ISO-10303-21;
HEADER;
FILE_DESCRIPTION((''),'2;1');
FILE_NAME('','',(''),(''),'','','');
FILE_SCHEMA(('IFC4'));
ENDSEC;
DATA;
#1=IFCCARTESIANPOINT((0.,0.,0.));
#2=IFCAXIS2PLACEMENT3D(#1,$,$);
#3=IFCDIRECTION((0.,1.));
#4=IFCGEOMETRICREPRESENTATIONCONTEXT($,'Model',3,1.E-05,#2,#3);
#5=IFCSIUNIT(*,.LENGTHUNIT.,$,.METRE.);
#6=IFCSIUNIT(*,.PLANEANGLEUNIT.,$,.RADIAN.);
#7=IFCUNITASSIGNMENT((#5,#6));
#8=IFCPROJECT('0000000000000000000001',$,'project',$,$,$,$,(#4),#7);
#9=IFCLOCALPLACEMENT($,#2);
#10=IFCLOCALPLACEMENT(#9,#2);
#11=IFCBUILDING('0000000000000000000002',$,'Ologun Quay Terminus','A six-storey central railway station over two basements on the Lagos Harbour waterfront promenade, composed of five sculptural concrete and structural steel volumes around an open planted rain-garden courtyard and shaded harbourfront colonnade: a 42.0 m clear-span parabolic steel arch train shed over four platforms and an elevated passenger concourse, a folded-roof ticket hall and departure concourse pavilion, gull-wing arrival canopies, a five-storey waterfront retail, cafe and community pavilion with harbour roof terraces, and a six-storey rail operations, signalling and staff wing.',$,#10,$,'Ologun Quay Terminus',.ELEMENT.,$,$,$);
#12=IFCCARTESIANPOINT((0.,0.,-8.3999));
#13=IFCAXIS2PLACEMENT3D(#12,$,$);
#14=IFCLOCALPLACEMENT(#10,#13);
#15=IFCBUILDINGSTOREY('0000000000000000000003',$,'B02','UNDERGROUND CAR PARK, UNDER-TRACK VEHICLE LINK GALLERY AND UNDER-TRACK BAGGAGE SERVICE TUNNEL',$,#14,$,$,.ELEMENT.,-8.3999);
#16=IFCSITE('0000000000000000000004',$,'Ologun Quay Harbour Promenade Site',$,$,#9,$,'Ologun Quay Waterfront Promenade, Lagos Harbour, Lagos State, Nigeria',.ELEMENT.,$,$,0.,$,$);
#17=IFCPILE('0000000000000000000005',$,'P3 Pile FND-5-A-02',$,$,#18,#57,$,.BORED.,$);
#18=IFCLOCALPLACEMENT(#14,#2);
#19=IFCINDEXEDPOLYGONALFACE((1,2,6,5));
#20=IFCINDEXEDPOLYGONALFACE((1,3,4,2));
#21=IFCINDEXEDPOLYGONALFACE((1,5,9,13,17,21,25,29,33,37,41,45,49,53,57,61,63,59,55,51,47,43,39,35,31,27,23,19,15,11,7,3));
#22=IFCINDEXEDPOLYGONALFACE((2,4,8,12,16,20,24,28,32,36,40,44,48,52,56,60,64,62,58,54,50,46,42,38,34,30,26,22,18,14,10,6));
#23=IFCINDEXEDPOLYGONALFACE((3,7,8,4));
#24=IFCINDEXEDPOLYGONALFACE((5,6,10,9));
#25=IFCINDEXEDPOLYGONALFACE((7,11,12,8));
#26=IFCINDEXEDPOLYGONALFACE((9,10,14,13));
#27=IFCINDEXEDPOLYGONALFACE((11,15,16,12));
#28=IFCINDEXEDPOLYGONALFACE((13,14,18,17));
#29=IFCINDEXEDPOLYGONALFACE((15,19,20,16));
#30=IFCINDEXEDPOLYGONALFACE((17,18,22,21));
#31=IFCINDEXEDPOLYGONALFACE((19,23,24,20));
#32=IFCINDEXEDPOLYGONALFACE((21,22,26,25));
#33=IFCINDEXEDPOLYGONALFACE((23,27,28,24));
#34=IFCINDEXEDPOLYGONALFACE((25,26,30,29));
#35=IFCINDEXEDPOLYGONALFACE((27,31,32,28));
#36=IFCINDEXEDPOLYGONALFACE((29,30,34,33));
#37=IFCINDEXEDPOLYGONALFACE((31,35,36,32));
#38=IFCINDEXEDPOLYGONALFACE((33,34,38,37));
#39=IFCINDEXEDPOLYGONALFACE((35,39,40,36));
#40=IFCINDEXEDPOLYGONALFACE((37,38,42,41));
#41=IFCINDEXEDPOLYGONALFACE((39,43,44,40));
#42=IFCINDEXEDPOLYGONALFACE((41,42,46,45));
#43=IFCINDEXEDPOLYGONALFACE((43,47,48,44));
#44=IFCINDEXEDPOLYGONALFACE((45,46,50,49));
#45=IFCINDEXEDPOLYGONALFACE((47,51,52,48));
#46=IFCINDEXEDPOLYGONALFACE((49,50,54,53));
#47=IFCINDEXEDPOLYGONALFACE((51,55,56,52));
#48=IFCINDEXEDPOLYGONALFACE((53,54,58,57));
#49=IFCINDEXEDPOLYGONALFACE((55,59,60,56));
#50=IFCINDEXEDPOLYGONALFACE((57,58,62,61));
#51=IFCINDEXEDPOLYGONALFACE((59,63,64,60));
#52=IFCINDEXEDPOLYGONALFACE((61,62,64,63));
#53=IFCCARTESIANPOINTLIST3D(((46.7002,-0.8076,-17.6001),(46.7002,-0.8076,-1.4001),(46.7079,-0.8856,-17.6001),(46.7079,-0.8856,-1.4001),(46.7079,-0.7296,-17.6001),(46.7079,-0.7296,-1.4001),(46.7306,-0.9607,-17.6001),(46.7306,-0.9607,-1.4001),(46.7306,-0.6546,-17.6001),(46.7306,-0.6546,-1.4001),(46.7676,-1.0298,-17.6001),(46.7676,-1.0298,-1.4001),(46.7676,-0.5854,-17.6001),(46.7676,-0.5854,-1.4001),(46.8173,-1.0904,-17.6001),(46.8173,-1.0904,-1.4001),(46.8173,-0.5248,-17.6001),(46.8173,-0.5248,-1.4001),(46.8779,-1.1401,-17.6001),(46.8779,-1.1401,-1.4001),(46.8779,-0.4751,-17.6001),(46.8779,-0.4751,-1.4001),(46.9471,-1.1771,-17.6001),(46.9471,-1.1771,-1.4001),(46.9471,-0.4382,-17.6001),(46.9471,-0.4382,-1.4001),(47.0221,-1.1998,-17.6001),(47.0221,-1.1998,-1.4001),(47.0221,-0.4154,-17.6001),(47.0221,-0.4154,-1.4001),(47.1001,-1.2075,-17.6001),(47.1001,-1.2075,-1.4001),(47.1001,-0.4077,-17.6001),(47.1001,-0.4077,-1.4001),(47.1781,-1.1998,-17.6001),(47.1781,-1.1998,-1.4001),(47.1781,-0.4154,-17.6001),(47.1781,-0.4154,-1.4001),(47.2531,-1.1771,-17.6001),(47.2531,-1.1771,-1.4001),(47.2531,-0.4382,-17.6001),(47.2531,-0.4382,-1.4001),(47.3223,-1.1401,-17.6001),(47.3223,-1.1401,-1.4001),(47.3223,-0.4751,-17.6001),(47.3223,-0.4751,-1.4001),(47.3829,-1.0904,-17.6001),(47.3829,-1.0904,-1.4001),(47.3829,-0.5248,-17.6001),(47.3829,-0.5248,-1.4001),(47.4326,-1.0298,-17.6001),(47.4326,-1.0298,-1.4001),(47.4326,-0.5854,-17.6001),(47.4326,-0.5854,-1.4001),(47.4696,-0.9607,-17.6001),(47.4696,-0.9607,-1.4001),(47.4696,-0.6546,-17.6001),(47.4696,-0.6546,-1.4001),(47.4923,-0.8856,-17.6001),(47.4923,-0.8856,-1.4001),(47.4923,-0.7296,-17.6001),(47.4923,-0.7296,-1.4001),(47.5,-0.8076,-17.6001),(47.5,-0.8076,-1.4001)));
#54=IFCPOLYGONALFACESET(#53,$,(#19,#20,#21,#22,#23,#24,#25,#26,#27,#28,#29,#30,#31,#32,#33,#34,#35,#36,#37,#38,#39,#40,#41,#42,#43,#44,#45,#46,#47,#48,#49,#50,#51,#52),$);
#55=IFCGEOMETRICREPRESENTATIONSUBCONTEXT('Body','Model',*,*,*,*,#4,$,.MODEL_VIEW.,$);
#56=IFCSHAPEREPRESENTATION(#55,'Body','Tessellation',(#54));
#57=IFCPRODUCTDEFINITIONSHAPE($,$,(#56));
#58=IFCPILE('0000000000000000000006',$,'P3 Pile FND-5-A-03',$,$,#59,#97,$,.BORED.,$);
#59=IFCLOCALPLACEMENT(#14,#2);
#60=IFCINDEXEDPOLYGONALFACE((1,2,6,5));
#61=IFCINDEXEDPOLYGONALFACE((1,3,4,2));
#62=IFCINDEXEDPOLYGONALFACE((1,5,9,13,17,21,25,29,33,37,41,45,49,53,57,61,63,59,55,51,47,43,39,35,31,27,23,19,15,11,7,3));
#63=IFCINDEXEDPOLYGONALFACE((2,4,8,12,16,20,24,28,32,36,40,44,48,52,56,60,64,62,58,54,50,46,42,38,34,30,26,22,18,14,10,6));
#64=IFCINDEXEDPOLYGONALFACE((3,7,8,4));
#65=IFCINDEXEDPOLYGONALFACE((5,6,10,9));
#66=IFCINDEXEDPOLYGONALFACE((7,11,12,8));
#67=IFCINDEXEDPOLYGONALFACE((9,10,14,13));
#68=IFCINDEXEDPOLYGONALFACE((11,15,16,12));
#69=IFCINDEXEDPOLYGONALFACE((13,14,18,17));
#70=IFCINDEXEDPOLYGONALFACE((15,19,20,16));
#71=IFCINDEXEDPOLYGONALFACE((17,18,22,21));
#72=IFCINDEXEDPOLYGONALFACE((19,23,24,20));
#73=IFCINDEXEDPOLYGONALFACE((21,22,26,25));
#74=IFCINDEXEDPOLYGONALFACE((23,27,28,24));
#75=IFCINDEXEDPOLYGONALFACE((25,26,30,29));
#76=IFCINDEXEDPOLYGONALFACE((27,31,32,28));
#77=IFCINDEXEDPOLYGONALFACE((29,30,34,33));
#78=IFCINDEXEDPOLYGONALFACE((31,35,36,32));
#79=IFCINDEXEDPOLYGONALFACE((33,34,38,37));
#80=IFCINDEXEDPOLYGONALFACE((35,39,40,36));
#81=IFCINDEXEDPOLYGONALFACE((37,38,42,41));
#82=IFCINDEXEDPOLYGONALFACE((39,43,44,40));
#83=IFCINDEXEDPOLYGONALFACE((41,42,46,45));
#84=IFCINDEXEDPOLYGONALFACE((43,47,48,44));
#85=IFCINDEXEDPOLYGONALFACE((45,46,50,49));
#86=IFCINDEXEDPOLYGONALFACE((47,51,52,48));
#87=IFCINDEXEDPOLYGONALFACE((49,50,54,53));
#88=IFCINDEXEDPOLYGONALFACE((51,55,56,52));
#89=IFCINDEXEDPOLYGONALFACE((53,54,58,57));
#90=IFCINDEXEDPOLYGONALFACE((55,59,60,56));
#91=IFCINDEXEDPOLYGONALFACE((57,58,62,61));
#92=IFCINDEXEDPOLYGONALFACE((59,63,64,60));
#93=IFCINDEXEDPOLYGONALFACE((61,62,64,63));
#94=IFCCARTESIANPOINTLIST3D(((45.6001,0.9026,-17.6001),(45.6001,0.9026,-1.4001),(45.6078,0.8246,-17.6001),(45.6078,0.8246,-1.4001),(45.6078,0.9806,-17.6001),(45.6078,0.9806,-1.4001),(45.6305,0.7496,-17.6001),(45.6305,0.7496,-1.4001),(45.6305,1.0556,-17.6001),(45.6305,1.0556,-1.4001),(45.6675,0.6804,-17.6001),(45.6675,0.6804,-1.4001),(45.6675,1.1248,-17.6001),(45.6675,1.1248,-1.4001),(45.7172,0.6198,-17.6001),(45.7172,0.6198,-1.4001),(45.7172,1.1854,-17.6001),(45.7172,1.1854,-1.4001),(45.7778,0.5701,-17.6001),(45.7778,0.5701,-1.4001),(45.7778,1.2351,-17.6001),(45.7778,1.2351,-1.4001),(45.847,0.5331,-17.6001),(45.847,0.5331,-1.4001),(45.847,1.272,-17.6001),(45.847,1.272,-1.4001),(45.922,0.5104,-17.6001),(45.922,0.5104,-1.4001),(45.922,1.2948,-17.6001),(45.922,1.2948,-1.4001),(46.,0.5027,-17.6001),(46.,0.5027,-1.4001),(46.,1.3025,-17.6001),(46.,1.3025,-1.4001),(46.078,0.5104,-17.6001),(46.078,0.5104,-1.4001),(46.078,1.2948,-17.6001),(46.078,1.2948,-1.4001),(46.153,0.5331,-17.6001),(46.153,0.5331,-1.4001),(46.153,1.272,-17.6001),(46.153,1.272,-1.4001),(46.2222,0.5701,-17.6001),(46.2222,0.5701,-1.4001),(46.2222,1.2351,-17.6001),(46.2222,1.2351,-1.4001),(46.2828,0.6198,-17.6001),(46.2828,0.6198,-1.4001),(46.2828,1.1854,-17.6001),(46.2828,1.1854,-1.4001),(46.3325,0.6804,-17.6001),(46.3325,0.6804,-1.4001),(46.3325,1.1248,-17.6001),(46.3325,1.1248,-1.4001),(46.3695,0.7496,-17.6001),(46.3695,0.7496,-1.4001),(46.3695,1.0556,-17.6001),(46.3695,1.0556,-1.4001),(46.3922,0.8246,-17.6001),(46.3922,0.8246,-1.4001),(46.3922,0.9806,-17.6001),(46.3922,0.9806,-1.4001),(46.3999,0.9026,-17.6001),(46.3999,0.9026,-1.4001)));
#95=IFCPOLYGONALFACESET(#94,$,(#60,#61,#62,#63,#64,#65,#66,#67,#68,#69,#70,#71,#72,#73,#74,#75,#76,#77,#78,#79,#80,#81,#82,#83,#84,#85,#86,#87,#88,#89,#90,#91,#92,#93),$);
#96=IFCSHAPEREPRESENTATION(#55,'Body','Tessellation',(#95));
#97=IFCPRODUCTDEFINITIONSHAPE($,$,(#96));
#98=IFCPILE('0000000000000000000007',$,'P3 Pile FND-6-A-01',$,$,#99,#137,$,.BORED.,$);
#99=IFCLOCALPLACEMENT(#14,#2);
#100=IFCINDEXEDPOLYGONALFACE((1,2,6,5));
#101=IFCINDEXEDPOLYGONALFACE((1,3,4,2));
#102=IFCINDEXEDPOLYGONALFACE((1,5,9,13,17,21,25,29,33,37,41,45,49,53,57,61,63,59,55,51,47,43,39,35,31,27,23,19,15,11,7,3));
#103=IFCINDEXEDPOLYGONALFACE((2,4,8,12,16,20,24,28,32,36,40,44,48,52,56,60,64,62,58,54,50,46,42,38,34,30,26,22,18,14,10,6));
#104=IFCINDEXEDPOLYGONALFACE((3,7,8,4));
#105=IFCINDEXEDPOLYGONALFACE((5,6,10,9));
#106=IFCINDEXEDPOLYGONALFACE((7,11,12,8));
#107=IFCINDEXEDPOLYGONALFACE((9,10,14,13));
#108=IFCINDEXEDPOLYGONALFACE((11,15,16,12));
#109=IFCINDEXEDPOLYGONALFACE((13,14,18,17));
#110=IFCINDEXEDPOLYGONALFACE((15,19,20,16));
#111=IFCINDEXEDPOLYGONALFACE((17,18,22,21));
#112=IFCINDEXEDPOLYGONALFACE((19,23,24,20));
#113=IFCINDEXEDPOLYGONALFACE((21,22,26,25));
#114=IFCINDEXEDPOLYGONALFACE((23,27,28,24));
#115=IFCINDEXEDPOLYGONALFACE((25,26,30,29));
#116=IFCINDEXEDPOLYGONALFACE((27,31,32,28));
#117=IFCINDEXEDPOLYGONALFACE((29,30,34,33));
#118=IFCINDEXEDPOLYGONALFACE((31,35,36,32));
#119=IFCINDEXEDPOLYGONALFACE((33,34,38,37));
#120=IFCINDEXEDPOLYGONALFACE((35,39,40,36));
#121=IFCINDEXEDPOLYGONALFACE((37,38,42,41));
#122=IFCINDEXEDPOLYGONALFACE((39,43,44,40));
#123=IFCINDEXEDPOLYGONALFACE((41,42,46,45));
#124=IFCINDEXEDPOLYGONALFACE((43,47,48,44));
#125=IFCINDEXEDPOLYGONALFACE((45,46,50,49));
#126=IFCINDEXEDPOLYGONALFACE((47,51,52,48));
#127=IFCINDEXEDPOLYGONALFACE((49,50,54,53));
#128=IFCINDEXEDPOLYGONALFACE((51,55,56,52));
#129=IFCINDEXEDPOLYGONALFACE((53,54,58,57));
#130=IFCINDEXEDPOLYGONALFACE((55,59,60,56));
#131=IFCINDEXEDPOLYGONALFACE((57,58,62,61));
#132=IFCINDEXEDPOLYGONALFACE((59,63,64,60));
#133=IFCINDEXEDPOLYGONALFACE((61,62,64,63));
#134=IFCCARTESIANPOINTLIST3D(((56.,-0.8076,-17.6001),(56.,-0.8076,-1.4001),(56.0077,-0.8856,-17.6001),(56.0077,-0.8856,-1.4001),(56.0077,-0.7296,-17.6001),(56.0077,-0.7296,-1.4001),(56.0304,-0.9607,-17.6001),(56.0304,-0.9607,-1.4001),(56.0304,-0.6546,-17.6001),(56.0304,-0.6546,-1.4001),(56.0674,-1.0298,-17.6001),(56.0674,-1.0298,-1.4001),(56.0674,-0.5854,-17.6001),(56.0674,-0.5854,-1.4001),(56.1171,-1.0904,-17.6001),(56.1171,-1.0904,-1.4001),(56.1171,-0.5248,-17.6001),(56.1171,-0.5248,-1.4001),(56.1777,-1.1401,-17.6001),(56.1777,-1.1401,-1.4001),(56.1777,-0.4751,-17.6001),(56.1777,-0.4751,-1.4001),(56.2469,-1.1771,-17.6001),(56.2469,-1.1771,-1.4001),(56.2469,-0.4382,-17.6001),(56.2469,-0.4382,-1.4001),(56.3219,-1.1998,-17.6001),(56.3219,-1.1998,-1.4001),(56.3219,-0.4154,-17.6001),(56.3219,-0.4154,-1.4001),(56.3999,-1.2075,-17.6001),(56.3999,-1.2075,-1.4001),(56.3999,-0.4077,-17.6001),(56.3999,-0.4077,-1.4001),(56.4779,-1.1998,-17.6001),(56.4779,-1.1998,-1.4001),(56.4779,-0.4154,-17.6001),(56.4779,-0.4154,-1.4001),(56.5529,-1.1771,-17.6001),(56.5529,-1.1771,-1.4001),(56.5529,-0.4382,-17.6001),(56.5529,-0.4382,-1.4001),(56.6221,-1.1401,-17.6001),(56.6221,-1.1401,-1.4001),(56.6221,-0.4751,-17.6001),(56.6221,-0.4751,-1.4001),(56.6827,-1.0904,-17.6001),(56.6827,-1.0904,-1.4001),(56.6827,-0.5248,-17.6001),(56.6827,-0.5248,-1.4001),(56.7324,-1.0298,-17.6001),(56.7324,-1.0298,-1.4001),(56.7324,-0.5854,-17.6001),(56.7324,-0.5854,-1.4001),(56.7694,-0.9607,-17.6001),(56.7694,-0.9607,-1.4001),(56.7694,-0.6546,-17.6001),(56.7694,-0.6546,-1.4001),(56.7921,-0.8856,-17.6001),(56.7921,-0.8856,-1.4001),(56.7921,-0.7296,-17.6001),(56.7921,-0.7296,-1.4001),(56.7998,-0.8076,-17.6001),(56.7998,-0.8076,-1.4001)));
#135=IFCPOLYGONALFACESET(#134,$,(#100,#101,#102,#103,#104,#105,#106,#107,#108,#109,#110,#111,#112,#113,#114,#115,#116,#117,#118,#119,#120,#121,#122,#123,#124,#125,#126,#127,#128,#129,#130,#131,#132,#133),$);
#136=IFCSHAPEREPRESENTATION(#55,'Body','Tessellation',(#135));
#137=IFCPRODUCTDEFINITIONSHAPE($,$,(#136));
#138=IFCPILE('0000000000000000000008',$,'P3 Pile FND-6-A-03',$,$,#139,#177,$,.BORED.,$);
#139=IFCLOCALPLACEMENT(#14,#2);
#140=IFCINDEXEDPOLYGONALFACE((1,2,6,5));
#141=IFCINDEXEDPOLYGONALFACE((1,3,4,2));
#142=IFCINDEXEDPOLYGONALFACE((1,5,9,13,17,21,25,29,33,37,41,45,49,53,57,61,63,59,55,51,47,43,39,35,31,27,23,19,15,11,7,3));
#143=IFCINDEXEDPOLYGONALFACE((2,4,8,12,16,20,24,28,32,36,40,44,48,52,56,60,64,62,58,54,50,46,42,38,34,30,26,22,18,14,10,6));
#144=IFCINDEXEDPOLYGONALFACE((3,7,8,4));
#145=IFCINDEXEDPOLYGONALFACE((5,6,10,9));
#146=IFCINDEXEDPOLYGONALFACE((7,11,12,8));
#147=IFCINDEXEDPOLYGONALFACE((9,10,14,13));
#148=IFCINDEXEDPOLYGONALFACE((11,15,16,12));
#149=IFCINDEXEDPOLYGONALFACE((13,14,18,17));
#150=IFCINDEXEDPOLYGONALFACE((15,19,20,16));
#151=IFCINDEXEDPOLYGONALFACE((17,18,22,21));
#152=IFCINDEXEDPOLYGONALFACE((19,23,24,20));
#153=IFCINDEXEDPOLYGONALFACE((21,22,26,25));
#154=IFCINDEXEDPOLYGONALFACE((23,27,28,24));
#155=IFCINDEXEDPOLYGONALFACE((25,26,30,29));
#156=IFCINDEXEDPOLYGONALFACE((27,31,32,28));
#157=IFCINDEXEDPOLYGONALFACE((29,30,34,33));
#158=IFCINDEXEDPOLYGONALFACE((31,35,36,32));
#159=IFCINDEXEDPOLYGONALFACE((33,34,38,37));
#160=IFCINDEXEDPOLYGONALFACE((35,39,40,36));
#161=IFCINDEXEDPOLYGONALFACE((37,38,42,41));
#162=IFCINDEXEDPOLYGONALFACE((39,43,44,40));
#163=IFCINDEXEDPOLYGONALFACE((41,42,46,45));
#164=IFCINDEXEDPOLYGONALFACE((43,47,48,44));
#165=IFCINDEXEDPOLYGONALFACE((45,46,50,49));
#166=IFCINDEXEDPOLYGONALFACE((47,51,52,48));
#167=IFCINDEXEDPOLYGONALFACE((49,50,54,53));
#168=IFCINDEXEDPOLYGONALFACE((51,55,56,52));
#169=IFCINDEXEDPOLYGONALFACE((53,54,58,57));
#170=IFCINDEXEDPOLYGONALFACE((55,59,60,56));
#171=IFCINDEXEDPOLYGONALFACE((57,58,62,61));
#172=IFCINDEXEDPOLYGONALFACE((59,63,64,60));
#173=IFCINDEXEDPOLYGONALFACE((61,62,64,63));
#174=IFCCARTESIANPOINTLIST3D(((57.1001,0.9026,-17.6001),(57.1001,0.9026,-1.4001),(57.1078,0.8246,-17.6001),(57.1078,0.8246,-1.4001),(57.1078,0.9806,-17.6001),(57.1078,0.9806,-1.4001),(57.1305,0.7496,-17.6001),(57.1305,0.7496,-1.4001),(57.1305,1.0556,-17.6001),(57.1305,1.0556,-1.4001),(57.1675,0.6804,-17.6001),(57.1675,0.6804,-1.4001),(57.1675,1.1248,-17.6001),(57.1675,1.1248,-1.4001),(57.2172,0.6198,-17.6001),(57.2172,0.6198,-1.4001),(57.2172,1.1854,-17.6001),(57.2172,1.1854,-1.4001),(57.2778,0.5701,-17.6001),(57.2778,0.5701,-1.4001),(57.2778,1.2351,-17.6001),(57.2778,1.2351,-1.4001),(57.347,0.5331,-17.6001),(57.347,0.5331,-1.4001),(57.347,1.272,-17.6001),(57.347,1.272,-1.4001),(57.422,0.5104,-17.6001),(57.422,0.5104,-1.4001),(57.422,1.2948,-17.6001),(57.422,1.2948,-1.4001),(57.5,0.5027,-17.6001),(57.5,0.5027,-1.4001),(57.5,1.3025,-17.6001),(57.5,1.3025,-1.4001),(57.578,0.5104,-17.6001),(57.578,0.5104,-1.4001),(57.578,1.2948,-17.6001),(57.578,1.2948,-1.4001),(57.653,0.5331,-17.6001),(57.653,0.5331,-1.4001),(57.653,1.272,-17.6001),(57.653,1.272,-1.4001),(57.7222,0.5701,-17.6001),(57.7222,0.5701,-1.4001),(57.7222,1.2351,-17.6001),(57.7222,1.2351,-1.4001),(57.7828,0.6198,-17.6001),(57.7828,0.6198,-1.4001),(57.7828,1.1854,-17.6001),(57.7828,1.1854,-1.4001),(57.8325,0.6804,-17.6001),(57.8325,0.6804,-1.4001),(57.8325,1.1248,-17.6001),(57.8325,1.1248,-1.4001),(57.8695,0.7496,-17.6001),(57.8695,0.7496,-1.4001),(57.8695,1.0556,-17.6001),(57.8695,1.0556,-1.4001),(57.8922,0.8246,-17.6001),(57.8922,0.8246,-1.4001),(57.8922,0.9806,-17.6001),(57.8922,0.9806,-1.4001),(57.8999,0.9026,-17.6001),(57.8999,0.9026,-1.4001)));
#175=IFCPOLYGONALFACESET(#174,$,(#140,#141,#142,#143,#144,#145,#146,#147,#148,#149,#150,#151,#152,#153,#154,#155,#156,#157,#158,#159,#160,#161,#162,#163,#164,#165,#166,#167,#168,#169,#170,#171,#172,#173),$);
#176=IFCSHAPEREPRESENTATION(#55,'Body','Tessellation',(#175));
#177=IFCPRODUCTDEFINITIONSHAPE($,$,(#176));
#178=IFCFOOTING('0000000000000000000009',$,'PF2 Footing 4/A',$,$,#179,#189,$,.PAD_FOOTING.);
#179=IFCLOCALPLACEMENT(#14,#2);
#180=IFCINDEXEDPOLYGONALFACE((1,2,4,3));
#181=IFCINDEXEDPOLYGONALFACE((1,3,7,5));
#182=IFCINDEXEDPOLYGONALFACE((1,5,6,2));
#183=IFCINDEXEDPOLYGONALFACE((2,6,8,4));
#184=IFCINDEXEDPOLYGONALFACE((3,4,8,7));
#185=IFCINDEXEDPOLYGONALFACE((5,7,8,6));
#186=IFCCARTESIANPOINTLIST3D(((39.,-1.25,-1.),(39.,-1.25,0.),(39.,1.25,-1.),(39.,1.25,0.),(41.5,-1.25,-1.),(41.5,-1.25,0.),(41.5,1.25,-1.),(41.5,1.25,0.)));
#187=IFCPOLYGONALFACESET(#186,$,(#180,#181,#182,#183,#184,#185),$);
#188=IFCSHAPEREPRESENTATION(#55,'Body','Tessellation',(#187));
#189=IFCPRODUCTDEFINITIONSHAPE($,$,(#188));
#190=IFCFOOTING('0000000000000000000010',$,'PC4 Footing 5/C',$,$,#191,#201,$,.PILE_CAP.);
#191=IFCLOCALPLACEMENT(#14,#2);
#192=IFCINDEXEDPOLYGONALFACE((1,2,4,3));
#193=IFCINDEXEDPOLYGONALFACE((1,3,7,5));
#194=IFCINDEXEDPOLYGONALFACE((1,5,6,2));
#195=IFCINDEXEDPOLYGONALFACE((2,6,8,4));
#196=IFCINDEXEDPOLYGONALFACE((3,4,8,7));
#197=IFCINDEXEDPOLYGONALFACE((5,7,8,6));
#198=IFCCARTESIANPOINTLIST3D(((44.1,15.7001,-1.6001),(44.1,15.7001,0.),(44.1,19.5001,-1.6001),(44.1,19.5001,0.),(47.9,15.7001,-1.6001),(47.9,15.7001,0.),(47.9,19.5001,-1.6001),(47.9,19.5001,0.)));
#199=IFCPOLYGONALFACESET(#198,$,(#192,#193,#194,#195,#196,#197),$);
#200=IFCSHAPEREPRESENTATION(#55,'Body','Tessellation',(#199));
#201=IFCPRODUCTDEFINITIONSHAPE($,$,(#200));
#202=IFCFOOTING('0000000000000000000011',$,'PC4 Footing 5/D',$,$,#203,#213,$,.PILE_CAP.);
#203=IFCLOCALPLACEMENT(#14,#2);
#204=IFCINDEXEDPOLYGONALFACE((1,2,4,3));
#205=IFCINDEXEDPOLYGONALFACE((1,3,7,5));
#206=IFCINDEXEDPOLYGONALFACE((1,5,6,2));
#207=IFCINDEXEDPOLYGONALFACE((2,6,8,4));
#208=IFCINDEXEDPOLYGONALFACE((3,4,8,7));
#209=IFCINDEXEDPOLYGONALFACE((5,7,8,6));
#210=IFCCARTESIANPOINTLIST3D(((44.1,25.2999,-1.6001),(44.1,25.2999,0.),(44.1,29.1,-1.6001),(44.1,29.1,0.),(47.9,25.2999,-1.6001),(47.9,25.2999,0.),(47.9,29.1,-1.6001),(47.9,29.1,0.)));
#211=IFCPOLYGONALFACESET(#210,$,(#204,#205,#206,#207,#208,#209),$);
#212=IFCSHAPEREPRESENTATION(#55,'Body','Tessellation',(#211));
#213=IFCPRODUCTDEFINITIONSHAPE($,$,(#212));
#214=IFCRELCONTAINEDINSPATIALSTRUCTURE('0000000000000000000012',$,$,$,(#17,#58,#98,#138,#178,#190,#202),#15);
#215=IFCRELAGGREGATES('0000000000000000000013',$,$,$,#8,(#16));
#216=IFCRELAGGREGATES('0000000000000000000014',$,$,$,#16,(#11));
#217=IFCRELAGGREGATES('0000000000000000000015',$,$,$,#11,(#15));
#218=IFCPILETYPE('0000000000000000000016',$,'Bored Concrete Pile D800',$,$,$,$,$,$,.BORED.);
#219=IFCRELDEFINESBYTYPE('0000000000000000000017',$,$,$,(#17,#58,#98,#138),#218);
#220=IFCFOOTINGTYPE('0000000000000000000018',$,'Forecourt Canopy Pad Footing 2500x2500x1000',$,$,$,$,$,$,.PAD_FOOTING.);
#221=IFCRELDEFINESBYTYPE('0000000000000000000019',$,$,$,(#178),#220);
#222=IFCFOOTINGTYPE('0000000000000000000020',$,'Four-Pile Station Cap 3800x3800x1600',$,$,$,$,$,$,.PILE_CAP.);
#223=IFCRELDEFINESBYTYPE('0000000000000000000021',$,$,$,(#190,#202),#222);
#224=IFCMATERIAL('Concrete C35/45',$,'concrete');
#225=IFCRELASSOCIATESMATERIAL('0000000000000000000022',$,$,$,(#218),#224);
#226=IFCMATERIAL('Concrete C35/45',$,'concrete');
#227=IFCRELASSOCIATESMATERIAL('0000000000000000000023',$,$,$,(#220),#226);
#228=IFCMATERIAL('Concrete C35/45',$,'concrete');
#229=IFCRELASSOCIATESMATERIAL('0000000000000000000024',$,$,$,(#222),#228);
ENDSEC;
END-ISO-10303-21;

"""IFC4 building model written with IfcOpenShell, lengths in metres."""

from ifc_helpers import new_model, si_unit, direction, frame, origin, origin_2d, place, context, subcontext, project, spatial, rectangle, circle, extrude, material, material_profile, profile_set, type_object, element, save


model = new_model("IFC4")

# Units and contexts
model_context = context("Model", 3, precision=1e-05, world=origin(), true_north=direction((0.0, 1.0)))
body_context = subcontext(model_context, "Body", "Model", "MODEL_VIEW")
ifc_project = project(units=[si_unit("LENGTHUNIT", "METRE"), si_unit("PLANEANGLEUNIT", "RADIAN")], contexts=[model_context])

# Site, building, storey
site_placement = place(None, origin())
site = spatial("IfcSite", under=ifc_project, at=site_placement, Name="Ologun Quay Harbour Promenade Site", LongName="Ologun Quay Waterfront Promenade, Lagos Harbour, Lagos State, Nigeria", CompositionType="ELEMENT", RefElevation=0.0)
building_placement = place(site_placement, origin())
building = spatial("IfcBuilding", under=site, at=building_placement, Name="Ologun Quay Terminus", Description="A six-storey central railway station over two basements on the Lagos Harbour waterfront promenade, composed of five sculptural concrete and structural steel volumes around an open planted rain-garden courtyard and shaded harbourfront colonnade: a 42.0 m clear-span parabolic steel arch train shed over four platforms and an elevated passenger concourse, a folded-roof ticket hall and departure concourse pavilion, gull-wing arrival canopies, a five-storey waterfront retail, cafe and community pavilion with harbour roof terraces, and a six-storey rail operations, signalling and staff wing.", LongName="Ologun Quay Terminus", CompositionType="ELEMENT")
storey_placement = place(building_placement, frame((0.0, 0.0, -8.3999)))
storey = spatial("IfcBuildingStorey", under=building, at=storey_placement, Name="B02", Description="UNDERGROUND CAR PARK, UNDER-TRACK VEHICLE LINK GALLERY AND UNDER-TRACK BAGGAGE SERVICE TUNNEL", CompositionType="ELEMENT", Elevation=-8.3999)

# Piles
ifc_material_1 = material(Name="Concrete C35/45", Category="concrete")
ifc_material_profile_1 = material_profile(ifc_material_1, circle(Radius=0.3999, at=origin_2d()), Name="PILE D800")
ifc_profile_set_1 = profile_set([ifc_material_profile_1], Name="Concrete C35/45")
pile_type_1 = type_object("IfcPileType", Name="Bored Concrete Pile D800", PredefinedType="BORED", material=ifc_profile_set_1)
for number, where, z_axis, x_axis, name in (
    (1, (47.1001, -0.8076, -1.4001), (0.0, 0.0, -1.0), (1.0, 0.0, 0.0), "P3 Pile FND-5-A-02"),
    (2, (46.0, 0.9026, -1.4001), (0.0, 0.0, -1.0), (1.0, 0.0, 0.0), "P3 Pile FND-5-A-03"),
    (3, (56.3999, -0.8076, -1.4001), (0.0, 0.0, -1.0), (1.0, 0.0, 0.0), "P3 Pile FND-6-A-01"),
    (4, (57.5, 0.9026, -1.4001), (0.0, 0.0, -1.0), (1.0, 0.0, 0.0), "P3 Pile FND-6-A-03"),
):
    element("IfcPile", number, at=place(storey_placement, frame(where, z_axis=z_axis, x_axis=x_axis)), inside=storey, type_object=pile_type_1, Name=name, PredefinedType="BORED", context=body_context, shape_type="SweptSolid", body=[
        extrude(circle(Radius=0.3999, at=origin_2d()), origin(), (0.0, 0.0, 1.0), 16.2),
    ])

# Footings
ifc_material_2 = material(Name="Concrete C35/45", Category="concrete")
footing_type_1 = type_object("IfcFootingType", Name="Forecourt Canopy Pad Footing 2500x2500x1000", PredefinedType="PAD_FOOTING", material=ifc_material_2)
footing_1_placement = place(storey_placement, frame((40.25, 0.0, -1.0), z_axis=(0.0, 0.0, 1.0), x_axis=(1.0, 0.0, 0.0)))
element("IfcFooting", 5, at=footing_1_placement, inside=storey, type_object=footing_type_1, Name="PF2 Footing 4/A", PredefinedType="PAD_FOOTING", context=body_context, shape_type="SweptSolid", body=[
    extrude(rectangle(XDim=2.5, YDim=2.5, at=origin_2d()), origin(), (0.0, 0.0, 1.0), 1.0),
])
ifc_material_3 = material(Name="Concrete C35/45", Category="concrete")
footing_type_2 = type_object("IfcFootingType", Name="Four-Pile Station Cap 3800x3800x1600", PredefinedType="PILE_CAP", material=ifc_material_3)
for number, where, z_axis, x_axis, name in (
    (6, (46.0, 17.6001, -1.6001), (0.0, 0.0, 1.0), (1.0, 0.0, 0.0), "PC4 Footing 5/C"),
    (7, (46.0, 27.2, -1.6001), (0.0, 0.0, 1.0), (1.0, 0.0, 0.0), "PC4 Footing 5/D"),
):
    element("IfcFooting", number, at=place(storey_placement, frame(where, z_axis=z_axis, x_axis=x_axis)), inside=storey, type_object=footing_type_2, Name=name, PredefinedType="PILE_CAP", context=body_context, shape_type="SweptSolid", body=[
        extrude(rectangle(XDim=3.8, YDim=3.8, at=origin_2d()), origin(), (0.0, 0.0, 1.0), 1.6001),
    ])

save(model, "model.ifc")
